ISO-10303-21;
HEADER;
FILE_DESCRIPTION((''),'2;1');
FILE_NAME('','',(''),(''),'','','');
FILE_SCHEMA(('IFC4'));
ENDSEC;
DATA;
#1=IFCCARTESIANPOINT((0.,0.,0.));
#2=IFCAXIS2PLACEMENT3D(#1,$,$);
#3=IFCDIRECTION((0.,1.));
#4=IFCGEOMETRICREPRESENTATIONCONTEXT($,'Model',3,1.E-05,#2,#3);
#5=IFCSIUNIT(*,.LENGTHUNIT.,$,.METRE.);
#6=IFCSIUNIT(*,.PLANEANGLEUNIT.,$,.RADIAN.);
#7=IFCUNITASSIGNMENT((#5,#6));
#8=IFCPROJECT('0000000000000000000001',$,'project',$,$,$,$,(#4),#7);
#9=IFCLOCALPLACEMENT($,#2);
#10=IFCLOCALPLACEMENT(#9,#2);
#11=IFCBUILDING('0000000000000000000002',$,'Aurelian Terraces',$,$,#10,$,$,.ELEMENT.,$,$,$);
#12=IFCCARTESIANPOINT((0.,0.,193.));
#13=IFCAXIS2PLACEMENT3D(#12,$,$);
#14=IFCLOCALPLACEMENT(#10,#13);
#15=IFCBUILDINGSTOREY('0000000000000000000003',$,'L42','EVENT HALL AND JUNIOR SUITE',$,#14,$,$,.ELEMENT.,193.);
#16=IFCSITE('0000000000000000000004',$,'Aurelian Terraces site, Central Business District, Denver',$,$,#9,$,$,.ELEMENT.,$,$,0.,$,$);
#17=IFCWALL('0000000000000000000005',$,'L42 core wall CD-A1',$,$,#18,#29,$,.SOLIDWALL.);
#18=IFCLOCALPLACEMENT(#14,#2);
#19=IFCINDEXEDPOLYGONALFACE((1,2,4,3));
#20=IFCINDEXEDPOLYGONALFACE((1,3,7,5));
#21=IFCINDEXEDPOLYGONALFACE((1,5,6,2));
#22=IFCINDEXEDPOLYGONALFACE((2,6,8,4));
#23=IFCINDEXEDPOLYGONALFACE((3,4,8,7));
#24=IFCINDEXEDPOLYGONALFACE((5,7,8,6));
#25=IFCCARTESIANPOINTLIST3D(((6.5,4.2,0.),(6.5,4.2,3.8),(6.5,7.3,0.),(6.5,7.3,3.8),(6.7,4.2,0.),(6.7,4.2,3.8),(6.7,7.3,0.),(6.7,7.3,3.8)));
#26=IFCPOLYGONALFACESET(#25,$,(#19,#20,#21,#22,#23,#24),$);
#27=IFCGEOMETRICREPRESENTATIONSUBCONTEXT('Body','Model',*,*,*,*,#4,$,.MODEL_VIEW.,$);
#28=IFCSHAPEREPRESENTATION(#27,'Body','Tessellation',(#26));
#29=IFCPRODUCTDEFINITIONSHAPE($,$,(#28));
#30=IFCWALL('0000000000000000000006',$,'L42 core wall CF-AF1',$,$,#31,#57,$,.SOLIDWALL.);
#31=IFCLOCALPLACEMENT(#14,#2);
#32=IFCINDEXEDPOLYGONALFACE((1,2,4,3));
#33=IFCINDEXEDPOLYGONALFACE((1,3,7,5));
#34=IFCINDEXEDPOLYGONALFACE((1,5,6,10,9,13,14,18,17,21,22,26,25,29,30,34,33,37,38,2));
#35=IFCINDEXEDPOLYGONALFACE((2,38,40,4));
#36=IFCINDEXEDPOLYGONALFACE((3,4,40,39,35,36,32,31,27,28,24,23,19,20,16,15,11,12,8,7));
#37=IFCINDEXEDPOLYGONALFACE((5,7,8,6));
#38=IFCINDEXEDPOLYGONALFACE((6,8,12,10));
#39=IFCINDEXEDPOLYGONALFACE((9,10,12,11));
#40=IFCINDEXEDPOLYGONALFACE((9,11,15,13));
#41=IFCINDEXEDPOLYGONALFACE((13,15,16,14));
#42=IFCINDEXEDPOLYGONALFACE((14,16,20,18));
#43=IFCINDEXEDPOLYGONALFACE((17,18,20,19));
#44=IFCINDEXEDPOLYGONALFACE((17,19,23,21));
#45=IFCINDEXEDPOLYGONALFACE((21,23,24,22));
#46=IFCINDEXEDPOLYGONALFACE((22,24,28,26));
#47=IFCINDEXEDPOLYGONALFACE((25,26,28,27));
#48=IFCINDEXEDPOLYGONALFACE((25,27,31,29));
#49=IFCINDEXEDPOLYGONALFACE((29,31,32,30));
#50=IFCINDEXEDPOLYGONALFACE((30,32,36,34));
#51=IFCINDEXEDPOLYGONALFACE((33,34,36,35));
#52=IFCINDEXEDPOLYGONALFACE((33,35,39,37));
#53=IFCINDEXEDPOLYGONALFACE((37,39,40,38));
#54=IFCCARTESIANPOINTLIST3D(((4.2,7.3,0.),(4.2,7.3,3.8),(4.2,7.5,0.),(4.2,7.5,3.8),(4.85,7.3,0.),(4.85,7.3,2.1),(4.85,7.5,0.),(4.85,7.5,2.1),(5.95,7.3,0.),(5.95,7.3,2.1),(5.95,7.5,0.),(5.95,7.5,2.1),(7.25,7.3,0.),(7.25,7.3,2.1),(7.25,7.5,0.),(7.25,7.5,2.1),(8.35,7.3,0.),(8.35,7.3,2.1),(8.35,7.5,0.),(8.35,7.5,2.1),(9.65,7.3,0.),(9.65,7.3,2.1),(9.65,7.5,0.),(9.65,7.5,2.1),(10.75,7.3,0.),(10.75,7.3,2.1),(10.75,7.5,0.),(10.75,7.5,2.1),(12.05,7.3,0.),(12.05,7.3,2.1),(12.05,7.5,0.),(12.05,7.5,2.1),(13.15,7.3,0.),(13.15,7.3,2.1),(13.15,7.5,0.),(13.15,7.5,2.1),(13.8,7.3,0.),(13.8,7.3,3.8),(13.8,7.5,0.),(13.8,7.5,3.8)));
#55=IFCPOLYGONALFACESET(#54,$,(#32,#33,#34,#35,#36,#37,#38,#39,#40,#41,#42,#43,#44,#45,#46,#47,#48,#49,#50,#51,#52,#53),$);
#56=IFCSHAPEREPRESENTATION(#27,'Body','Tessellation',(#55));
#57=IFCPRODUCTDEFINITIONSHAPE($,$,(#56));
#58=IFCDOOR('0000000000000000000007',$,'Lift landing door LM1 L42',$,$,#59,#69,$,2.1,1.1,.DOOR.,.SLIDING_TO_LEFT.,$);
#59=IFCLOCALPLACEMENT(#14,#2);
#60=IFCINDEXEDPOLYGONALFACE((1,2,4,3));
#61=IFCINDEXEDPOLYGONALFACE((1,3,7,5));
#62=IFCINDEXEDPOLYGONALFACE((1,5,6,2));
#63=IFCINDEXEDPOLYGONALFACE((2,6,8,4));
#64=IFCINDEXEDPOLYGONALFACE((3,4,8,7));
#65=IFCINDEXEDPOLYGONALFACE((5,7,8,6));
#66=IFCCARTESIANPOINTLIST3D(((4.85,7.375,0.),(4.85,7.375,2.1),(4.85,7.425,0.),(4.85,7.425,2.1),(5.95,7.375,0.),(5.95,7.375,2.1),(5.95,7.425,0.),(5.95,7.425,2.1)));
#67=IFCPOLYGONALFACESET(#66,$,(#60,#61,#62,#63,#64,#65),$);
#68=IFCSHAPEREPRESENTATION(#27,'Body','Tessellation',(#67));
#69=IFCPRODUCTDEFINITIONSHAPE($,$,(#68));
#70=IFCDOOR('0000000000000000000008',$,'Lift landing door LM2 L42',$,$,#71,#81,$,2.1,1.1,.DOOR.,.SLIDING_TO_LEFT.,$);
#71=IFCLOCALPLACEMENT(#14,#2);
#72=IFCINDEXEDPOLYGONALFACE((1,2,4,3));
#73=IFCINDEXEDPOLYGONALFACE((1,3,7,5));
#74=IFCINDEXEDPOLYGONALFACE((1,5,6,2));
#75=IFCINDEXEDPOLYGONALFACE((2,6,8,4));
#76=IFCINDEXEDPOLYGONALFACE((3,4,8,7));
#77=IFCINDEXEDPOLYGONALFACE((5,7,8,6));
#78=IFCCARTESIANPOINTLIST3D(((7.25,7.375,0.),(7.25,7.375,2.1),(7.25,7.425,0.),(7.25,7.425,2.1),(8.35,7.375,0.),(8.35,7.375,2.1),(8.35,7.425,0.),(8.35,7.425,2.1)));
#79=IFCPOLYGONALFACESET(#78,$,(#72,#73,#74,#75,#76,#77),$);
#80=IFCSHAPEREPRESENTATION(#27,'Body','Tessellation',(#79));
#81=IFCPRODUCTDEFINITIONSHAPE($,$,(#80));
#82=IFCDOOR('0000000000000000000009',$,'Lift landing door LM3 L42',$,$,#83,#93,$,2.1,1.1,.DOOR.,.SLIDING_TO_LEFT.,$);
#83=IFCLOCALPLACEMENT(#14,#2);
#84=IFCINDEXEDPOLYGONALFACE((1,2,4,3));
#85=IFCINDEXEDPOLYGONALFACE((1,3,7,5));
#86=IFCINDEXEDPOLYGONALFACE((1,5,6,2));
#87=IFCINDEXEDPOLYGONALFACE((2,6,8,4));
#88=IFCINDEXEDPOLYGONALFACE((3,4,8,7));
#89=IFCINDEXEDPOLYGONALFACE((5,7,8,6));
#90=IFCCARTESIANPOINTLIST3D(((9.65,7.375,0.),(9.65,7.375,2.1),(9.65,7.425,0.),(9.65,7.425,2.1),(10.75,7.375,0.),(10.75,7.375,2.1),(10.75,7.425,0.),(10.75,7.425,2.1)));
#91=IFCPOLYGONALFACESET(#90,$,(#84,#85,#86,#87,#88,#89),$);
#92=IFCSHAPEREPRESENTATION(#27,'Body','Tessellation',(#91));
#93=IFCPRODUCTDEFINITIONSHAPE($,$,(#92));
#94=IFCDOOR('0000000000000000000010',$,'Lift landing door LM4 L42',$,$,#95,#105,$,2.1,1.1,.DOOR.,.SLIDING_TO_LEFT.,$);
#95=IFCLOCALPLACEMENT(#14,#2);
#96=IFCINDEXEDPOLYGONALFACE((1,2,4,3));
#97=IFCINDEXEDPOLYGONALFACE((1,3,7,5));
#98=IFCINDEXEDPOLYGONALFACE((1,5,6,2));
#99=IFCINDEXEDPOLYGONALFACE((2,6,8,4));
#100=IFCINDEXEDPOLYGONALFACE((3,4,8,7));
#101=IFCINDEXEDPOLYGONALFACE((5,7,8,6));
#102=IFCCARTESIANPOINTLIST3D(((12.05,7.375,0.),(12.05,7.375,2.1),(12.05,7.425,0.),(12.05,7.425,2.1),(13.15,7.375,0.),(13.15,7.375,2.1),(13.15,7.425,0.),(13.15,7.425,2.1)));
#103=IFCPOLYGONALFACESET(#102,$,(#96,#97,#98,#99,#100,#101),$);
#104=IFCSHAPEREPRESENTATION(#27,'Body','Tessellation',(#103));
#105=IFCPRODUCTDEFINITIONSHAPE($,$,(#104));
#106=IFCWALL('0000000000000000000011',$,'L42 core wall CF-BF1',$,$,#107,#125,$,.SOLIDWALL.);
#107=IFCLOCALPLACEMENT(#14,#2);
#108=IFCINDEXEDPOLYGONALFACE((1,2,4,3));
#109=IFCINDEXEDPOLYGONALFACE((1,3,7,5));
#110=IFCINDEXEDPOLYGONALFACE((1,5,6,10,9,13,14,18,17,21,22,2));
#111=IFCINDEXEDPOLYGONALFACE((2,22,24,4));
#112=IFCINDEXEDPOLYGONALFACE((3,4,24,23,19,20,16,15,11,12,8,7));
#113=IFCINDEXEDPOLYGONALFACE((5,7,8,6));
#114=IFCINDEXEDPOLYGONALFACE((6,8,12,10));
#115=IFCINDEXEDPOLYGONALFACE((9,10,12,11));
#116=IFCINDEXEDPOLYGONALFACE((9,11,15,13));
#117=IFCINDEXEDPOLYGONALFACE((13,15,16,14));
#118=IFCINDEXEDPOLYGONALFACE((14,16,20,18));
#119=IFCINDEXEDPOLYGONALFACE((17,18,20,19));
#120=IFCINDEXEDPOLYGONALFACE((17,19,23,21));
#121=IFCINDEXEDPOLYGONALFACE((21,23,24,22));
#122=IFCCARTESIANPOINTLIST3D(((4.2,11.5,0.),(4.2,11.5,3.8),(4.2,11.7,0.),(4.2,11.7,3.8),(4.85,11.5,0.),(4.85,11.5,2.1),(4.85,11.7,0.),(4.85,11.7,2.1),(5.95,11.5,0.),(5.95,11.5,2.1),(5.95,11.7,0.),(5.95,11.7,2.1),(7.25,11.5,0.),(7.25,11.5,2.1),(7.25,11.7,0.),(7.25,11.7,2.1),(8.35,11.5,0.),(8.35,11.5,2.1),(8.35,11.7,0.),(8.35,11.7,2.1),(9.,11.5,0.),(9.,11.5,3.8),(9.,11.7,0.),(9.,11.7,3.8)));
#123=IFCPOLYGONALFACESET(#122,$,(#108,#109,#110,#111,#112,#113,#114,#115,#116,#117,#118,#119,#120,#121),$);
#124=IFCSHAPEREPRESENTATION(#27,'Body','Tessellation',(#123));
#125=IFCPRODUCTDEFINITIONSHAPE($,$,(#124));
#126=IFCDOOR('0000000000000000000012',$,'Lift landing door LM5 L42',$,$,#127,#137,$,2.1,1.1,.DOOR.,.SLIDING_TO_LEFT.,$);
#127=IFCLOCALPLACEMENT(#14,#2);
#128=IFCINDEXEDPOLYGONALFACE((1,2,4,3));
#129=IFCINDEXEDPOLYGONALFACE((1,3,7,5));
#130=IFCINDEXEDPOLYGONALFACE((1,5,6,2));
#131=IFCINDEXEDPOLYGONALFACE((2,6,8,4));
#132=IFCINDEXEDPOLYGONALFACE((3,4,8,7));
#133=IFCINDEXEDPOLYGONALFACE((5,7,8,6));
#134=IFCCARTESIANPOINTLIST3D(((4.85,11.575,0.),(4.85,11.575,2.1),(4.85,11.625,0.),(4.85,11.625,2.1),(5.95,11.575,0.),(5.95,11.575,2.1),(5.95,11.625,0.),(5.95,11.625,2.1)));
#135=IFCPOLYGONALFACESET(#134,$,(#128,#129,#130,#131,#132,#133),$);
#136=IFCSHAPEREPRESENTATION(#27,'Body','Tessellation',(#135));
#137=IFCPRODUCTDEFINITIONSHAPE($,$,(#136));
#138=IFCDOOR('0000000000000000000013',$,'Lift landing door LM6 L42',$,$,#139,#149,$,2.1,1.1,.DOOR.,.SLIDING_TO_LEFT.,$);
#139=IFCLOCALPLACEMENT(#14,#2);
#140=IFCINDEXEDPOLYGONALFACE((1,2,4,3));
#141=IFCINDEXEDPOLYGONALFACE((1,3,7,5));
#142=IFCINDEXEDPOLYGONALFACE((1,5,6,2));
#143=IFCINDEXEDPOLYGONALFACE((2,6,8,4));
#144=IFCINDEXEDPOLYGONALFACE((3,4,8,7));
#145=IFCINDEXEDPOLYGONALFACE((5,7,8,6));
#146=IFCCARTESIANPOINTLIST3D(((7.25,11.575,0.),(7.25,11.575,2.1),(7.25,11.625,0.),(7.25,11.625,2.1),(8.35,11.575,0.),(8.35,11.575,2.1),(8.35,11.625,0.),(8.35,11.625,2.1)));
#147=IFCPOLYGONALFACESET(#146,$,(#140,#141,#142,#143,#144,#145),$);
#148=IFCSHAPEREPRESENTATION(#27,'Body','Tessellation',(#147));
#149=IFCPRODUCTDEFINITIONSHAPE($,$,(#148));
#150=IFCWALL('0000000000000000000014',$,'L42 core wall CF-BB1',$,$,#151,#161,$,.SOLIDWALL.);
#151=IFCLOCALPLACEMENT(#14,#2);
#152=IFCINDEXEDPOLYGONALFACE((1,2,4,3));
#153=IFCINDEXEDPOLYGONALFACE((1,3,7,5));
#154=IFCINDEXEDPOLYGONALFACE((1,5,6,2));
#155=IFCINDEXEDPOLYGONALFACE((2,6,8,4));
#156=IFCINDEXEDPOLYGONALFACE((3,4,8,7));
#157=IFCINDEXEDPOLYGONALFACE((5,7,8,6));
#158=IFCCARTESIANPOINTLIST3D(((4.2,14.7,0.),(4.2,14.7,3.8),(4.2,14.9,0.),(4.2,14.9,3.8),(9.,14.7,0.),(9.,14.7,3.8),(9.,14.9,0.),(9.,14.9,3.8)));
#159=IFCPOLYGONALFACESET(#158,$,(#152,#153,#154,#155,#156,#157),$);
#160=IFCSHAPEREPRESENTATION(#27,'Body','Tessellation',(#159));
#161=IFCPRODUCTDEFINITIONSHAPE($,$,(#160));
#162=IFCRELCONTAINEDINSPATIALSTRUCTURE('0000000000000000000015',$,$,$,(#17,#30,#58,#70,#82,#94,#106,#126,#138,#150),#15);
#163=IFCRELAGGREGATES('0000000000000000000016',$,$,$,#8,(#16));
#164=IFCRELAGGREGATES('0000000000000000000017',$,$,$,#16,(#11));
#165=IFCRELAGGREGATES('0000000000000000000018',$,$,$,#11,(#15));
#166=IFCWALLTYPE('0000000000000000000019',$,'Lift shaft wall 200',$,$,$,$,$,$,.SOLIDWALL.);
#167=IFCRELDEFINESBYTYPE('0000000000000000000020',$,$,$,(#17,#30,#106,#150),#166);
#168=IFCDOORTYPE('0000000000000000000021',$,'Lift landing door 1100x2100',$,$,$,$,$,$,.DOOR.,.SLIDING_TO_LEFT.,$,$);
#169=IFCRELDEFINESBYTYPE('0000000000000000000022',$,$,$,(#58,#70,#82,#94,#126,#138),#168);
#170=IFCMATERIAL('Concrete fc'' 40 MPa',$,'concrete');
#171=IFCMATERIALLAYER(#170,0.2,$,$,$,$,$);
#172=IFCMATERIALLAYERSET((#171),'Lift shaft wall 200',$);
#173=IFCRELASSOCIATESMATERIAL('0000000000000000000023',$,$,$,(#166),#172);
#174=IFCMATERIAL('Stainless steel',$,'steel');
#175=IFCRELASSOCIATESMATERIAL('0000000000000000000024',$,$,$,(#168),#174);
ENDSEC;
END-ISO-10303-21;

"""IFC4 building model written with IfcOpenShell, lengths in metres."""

from ifc_helpers import new_model, si_unit, direction, frame, frame_2d, origin, place, context, subcontext, project, spatial, rectangle, extrude, source, transform, mapped, material, layer, layer_set, type_object, element, fill, save


model = new_model("IFC4")

# Units and contexts
model_context = context("Model", 3, precision=1e-05, world=origin(), true_north=direction((0.0, 1.0)))
body_context = subcontext(model_context, "Body", "Model", "MODEL_VIEW")
ifc_project = project(units=[si_unit("LENGTHUNIT", "METRE"), si_unit("PLANEANGLEUNIT", "RADIAN")], contexts=[model_context])

# Site, building, storey
site_placement = place(None, origin())
site = spatial("IfcSite", under=ifc_project, at=site_placement, Name="Aurelian Terraces site, Central Business District, Denver", CompositionType="ELEMENT", RefElevation=0.0)
building_placement = place(site_placement, origin())
building = spatial("IfcBuilding", under=site, at=building_placement, Name="Aurelian Terraces", CompositionType="ELEMENT")
storey_placement = place(building_placement, frame((0.0, 0.0, 193.0)))
storey = spatial("IfcBuildingStorey", under=building, at=storey_placement, Name="L42", Description="EVENT HALL AND JUNIOR SUITE", CompositionType="ELEMENT", Elevation=193.0)

# Shared definitions
ifc_material_1 = material(Name="Concrete fc' 40 MPa", Category="concrete")

# Wall
ifc_layer_1 = layer(ifc_material_1, 0.2)
ifc_layer_set_1 = layer_set([ifc_layer_1], Name="Lift shaft wall 200")
wall_type_1 = type_object("IfcWallType", Name="Lift shaft wall 200", PredefinedType="SOLIDWALL", material=ifc_layer_set_1)
shared_shape_1 = source(origin(), body_context, "Body", "SweptSolid", [
    extrude(rectangle(XDim=3.1, YDim=0.2, at=frame_2d((1.55, 0.0))), origin(), (0.0, 0.0, 1.0), 3.8),
])
wall_1_placement = place(storey_placement, frame((6.6, 4.2, 0.0), z_axis=(0.0, 0.0, 1.0), x_axis=(0.0, 1.0, 0.0)))
element("IfcWall", 1, at=wall_1_placement, inside=storey, type_object=wall_type_1, Name="L42 core wall CD-A1", PredefinedType="SOLIDWALL", context=body_context, shape_type="MappedRepresentation", body=[
    mapped(shared_shape_1, transform((0.0, 0.0, 0.0), scale=1.0)),
])

# Walls, openings, doors
shared_shape_2 = source(origin(), body_context, "Body", "SweptSolid", [
    extrude(rectangle(XDim=9.6, YDim=0.2, at=frame_2d((4.8, 0.0))), origin(), (0.0, 0.0, 1.0), 3.8),
])
wall_2_placement = place(storey_placement, frame((4.2, 7.4, 0.0), z_axis=(0.0, 0.0, 1.0), x_axis=(1.0, 0.0, 0.0)))
wall_2 = element("IfcWall", 2, at=wall_2_placement, inside=storey, type_object=wall_type_1, Name="L42 core wall CF-AF1", PredefinedType="SOLIDWALL", context=body_context, shape_type="MappedRepresentation", body=[
    mapped(shared_shape_2, transform((0.0, 0.0, 0.0), scale=1.0)),
])
shared_shape_3 = source(origin(), body_context, "Body", "SweptSolid", [
    extrude(rectangle(XDim=1.1, YDim=2.1, at=frame_2d((0.55, 1.05))), frame((0.0, 0.11, 0.0), z_axis=(0.0, -1.0, 0.0), x_axis=(1.0, 0.0, 0.0)), (0.0, 0.0, 1.0), 0.22),
])
opening_1_placement = place(wall_2_placement, frame((0.65, 0.0, 0.0)))
opening_1 = element("IfcOpeningElement", 3, at=opening_1_placement, cuts=wall_2, PredefinedType="OPENING", context=body_context, shape_type="MappedRepresentation", body=[
    mapped(shared_shape_3, transform((0.0, 0.0, 0.0), scale=1.0)),
])
opening_2_placement = place(wall_2_placement, frame((3.05, 0.0, 0.0)))
opening_2 = element("IfcOpeningElement", 4, at=opening_2_placement, cuts=wall_2, PredefinedType="OPENING", context=body_context, shape_type="MappedRepresentation", body=[
    mapped(shared_shape_3, transform((0.0, 0.0, 0.0), scale=1.0)),
])
opening_3_placement = place(wall_2_placement, frame((5.45, 0.0, 0.0)))
opening_3 = element("IfcOpeningElement", 5, at=opening_3_placement, cuts=wall_2, PredefinedType="OPENING", context=body_context, shape_type="MappedRepresentation", body=[
    mapped(shared_shape_3, transform((0.0, 0.0, 0.0), scale=1.0)),
])
opening_4_placement = place(wall_2_placement, frame((7.85, 0.0, 0.0)))
opening_4 = element("IfcOpeningElement", 6, at=opening_4_placement, cuts=wall_2, PredefinedType="OPENING", context=body_context, shape_type="MappedRepresentation", body=[
    mapped(shared_shape_3, transform((0.0, 0.0, 0.0), scale=1.0)),
])
ifc_material_2 = material(Name="Stainless steel", Category="steel")
door_type_1 = type_object("IfcDoorType", Name="Lift landing door 1100x2100", OperationType="SLIDING_TO_LEFT", PredefinedType="DOOR", material=ifc_material_2)
shared_shape_4 = source(origin(), body_context, "Body", "SweptSolid", [
    extrude(rectangle(XDim=1.1, YDim=2.1, at=frame_2d((0.55, 1.05))), frame((0.0, 0.025, 0.0), z_axis=(0.0, -1.0, 0.0), x_axis=(1.0, 0.0, 0.0)), (0.0, 0.0, 1.0), 0.05),
])
door_1_placement = place(opening_1_placement, origin())
door_1 = element("IfcDoor", 7, at=door_1_placement, inside=storey, type_object=door_type_1, Name="Lift landing door LM1 L42", OperationType="SLIDING_TO_LEFT", OverallHeight=2.1, OverallWidth=1.1, PredefinedType="DOOR", context=body_context, shape_type="MappedRepresentation", body=[
    mapped(shared_shape_4, transform((0.0, 0.0, 0.0), scale=1.0)),
])
fill(opening_1, door_1)
door_2_placement = place(opening_2_placement, origin())
door_2 = element("IfcDoor", 8, at=door_2_placement, inside=storey, type_object=door_type_1, Name="Lift landing door LM2 L42", OperationType="SLIDING_TO_LEFT", OverallHeight=2.1, OverallWidth=1.1, PredefinedType="DOOR", context=body_context, shape_type="MappedRepresentation", body=[
    mapped(shared_shape_4, transform((0.0, 0.0, 0.0), scale=1.0)),
])
fill(opening_2, door_2)
door_3_placement = place(opening_3_placement, origin())
door_3 = element("IfcDoor", 9, at=door_3_placement, inside=storey, type_object=door_type_1, Name="Lift landing door LM3 L42", OperationType="SLIDING_TO_LEFT", OverallHeight=2.1, OverallWidth=1.1, PredefinedType="DOOR", context=body_context, shape_type="MappedRepresentation", body=[
    mapped(shared_shape_4, transform((0.0, 0.0, 0.0), scale=1.0)),
])
fill(opening_3, door_3)
door_4_placement = place(opening_4_placement, origin())
door_4 = element("IfcDoor", 10, at=door_4_placement, inside=storey, type_object=door_type_1, Name="Lift landing door LM4 L42", OperationType="SLIDING_TO_LEFT", OverallHeight=2.1, OverallWidth=1.1, PredefinedType="DOOR", context=body_context, shape_type="MappedRepresentation", body=[
    mapped(shared_shape_4, transform((0.0, 0.0, 0.0), scale=1.0)),
])
fill(opening_4, door_4)
shared_shape_5 = source(origin(), body_context, "Body", "SweptSolid", [
    extrude(rectangle(XDim=4.8, YDim=0.2, at=frame_2d((2.4, 0.0))), origin(), (0.0, 0.0, 1.0), 3.8),
])
wall_3_placement = place(storey_placement, frame((4.2, 11.6, 0.0), z_axis=(0.0, 0.0, 1.0), x_axis=(1.0, 0.0, 0.0)))
wall_3 = element("IfcWall", 11, at=wall_3_placement, inside=storey, type_object=wall_type_1, Name="L42 core wall CF-BF1", PredefinedType="SOLIDWALL", context=body_context, shape_type="MappedRepresentation", body=[
    mapped(shared_shape_5, transform((0.0, 0.0, 0.0), scale=1.0)),
])
opening_5_placement = place(wall_3_placement, frame((0.65, 0.0, 0.0)))
opening_5 = element("IfcOpeningElement", 12, at=opening_5_placement, cuts=wall_3, PredefinedType="OPENING", context=body_context, shape_type="MappedRepresentation", body=[
    mapped(shared_shape_3, transform((0.0, 0.0, 0.0), scale=1.0)),
])
opening_6_placement = place(wall_3_placement, frame((3.05, 0.0, 0.0)))
opening_6 = element("IfcOpeningElement", 13, at=opening_6_placement, cuts=wall_3, PredefinedType="OPENING", context=body_context, shape_type="MappedRepresentation", body=[
    mapped(shared_shape_3, transform((0.0, 0.0, 0.0), scale=1.0)),
])
door_5_placement = place(opening_5_placement, origin())
door_5 = element("IfcDoor", 14, at=door_5_placement, inside=storey, type_object=door_type_1, Name="Lift landing door LM5 L42", OperationType="SLIDING_TO_LEFT", OverallHeight=2.1, OverallWidth=1.1, PredefinedType="DOOR", context=body_context, shape_type="MappedRepresentation", body=[
    mapped(shared_shape_4, transform((0.0, 0.0, 0.0), scale=1.0)),
])
fill(opening_5, door_5)
door_6_placement = place(opening_6_placement, origin())
door_6 = element("IfcDoor", 15, at=door_6_placement, inside=storey, type_object=door_type_1, Name="Lift landing door LM6 L42", OperationType="SLIDING_TO_LEFT", OverallHeight=2.1, OverallWidth=1.1, PredefinedType="DOOR", context=body_context, shape_type="MappedRepresentation", body=[
    mapped(shared_shape_4, transform((0.0, 0.0, 0.0), scale=1.0)),
])
fill(opening_6, door_6)

# Wall
wall_4_placement = place(storey_placement, frame((4.2, 14.8, 0.0), z_axis=(0.0, 0.0, 1.0), x_axis=(1.0, 0.0, 0.0)))
element("IfcWall", 16, at=wall_4_placement, inside=storey, type_object=wall_type_1, Name="L42 core wall CF-BB1", PredefinedType="SOLIDWALL", context=body_context, shape_type="MappedRepresentation", body=[
    mapped(shared_shape_5, transform((0.0, 0.0, 0.0), scale=1.0)),
])

save(model, "model.ifc")
